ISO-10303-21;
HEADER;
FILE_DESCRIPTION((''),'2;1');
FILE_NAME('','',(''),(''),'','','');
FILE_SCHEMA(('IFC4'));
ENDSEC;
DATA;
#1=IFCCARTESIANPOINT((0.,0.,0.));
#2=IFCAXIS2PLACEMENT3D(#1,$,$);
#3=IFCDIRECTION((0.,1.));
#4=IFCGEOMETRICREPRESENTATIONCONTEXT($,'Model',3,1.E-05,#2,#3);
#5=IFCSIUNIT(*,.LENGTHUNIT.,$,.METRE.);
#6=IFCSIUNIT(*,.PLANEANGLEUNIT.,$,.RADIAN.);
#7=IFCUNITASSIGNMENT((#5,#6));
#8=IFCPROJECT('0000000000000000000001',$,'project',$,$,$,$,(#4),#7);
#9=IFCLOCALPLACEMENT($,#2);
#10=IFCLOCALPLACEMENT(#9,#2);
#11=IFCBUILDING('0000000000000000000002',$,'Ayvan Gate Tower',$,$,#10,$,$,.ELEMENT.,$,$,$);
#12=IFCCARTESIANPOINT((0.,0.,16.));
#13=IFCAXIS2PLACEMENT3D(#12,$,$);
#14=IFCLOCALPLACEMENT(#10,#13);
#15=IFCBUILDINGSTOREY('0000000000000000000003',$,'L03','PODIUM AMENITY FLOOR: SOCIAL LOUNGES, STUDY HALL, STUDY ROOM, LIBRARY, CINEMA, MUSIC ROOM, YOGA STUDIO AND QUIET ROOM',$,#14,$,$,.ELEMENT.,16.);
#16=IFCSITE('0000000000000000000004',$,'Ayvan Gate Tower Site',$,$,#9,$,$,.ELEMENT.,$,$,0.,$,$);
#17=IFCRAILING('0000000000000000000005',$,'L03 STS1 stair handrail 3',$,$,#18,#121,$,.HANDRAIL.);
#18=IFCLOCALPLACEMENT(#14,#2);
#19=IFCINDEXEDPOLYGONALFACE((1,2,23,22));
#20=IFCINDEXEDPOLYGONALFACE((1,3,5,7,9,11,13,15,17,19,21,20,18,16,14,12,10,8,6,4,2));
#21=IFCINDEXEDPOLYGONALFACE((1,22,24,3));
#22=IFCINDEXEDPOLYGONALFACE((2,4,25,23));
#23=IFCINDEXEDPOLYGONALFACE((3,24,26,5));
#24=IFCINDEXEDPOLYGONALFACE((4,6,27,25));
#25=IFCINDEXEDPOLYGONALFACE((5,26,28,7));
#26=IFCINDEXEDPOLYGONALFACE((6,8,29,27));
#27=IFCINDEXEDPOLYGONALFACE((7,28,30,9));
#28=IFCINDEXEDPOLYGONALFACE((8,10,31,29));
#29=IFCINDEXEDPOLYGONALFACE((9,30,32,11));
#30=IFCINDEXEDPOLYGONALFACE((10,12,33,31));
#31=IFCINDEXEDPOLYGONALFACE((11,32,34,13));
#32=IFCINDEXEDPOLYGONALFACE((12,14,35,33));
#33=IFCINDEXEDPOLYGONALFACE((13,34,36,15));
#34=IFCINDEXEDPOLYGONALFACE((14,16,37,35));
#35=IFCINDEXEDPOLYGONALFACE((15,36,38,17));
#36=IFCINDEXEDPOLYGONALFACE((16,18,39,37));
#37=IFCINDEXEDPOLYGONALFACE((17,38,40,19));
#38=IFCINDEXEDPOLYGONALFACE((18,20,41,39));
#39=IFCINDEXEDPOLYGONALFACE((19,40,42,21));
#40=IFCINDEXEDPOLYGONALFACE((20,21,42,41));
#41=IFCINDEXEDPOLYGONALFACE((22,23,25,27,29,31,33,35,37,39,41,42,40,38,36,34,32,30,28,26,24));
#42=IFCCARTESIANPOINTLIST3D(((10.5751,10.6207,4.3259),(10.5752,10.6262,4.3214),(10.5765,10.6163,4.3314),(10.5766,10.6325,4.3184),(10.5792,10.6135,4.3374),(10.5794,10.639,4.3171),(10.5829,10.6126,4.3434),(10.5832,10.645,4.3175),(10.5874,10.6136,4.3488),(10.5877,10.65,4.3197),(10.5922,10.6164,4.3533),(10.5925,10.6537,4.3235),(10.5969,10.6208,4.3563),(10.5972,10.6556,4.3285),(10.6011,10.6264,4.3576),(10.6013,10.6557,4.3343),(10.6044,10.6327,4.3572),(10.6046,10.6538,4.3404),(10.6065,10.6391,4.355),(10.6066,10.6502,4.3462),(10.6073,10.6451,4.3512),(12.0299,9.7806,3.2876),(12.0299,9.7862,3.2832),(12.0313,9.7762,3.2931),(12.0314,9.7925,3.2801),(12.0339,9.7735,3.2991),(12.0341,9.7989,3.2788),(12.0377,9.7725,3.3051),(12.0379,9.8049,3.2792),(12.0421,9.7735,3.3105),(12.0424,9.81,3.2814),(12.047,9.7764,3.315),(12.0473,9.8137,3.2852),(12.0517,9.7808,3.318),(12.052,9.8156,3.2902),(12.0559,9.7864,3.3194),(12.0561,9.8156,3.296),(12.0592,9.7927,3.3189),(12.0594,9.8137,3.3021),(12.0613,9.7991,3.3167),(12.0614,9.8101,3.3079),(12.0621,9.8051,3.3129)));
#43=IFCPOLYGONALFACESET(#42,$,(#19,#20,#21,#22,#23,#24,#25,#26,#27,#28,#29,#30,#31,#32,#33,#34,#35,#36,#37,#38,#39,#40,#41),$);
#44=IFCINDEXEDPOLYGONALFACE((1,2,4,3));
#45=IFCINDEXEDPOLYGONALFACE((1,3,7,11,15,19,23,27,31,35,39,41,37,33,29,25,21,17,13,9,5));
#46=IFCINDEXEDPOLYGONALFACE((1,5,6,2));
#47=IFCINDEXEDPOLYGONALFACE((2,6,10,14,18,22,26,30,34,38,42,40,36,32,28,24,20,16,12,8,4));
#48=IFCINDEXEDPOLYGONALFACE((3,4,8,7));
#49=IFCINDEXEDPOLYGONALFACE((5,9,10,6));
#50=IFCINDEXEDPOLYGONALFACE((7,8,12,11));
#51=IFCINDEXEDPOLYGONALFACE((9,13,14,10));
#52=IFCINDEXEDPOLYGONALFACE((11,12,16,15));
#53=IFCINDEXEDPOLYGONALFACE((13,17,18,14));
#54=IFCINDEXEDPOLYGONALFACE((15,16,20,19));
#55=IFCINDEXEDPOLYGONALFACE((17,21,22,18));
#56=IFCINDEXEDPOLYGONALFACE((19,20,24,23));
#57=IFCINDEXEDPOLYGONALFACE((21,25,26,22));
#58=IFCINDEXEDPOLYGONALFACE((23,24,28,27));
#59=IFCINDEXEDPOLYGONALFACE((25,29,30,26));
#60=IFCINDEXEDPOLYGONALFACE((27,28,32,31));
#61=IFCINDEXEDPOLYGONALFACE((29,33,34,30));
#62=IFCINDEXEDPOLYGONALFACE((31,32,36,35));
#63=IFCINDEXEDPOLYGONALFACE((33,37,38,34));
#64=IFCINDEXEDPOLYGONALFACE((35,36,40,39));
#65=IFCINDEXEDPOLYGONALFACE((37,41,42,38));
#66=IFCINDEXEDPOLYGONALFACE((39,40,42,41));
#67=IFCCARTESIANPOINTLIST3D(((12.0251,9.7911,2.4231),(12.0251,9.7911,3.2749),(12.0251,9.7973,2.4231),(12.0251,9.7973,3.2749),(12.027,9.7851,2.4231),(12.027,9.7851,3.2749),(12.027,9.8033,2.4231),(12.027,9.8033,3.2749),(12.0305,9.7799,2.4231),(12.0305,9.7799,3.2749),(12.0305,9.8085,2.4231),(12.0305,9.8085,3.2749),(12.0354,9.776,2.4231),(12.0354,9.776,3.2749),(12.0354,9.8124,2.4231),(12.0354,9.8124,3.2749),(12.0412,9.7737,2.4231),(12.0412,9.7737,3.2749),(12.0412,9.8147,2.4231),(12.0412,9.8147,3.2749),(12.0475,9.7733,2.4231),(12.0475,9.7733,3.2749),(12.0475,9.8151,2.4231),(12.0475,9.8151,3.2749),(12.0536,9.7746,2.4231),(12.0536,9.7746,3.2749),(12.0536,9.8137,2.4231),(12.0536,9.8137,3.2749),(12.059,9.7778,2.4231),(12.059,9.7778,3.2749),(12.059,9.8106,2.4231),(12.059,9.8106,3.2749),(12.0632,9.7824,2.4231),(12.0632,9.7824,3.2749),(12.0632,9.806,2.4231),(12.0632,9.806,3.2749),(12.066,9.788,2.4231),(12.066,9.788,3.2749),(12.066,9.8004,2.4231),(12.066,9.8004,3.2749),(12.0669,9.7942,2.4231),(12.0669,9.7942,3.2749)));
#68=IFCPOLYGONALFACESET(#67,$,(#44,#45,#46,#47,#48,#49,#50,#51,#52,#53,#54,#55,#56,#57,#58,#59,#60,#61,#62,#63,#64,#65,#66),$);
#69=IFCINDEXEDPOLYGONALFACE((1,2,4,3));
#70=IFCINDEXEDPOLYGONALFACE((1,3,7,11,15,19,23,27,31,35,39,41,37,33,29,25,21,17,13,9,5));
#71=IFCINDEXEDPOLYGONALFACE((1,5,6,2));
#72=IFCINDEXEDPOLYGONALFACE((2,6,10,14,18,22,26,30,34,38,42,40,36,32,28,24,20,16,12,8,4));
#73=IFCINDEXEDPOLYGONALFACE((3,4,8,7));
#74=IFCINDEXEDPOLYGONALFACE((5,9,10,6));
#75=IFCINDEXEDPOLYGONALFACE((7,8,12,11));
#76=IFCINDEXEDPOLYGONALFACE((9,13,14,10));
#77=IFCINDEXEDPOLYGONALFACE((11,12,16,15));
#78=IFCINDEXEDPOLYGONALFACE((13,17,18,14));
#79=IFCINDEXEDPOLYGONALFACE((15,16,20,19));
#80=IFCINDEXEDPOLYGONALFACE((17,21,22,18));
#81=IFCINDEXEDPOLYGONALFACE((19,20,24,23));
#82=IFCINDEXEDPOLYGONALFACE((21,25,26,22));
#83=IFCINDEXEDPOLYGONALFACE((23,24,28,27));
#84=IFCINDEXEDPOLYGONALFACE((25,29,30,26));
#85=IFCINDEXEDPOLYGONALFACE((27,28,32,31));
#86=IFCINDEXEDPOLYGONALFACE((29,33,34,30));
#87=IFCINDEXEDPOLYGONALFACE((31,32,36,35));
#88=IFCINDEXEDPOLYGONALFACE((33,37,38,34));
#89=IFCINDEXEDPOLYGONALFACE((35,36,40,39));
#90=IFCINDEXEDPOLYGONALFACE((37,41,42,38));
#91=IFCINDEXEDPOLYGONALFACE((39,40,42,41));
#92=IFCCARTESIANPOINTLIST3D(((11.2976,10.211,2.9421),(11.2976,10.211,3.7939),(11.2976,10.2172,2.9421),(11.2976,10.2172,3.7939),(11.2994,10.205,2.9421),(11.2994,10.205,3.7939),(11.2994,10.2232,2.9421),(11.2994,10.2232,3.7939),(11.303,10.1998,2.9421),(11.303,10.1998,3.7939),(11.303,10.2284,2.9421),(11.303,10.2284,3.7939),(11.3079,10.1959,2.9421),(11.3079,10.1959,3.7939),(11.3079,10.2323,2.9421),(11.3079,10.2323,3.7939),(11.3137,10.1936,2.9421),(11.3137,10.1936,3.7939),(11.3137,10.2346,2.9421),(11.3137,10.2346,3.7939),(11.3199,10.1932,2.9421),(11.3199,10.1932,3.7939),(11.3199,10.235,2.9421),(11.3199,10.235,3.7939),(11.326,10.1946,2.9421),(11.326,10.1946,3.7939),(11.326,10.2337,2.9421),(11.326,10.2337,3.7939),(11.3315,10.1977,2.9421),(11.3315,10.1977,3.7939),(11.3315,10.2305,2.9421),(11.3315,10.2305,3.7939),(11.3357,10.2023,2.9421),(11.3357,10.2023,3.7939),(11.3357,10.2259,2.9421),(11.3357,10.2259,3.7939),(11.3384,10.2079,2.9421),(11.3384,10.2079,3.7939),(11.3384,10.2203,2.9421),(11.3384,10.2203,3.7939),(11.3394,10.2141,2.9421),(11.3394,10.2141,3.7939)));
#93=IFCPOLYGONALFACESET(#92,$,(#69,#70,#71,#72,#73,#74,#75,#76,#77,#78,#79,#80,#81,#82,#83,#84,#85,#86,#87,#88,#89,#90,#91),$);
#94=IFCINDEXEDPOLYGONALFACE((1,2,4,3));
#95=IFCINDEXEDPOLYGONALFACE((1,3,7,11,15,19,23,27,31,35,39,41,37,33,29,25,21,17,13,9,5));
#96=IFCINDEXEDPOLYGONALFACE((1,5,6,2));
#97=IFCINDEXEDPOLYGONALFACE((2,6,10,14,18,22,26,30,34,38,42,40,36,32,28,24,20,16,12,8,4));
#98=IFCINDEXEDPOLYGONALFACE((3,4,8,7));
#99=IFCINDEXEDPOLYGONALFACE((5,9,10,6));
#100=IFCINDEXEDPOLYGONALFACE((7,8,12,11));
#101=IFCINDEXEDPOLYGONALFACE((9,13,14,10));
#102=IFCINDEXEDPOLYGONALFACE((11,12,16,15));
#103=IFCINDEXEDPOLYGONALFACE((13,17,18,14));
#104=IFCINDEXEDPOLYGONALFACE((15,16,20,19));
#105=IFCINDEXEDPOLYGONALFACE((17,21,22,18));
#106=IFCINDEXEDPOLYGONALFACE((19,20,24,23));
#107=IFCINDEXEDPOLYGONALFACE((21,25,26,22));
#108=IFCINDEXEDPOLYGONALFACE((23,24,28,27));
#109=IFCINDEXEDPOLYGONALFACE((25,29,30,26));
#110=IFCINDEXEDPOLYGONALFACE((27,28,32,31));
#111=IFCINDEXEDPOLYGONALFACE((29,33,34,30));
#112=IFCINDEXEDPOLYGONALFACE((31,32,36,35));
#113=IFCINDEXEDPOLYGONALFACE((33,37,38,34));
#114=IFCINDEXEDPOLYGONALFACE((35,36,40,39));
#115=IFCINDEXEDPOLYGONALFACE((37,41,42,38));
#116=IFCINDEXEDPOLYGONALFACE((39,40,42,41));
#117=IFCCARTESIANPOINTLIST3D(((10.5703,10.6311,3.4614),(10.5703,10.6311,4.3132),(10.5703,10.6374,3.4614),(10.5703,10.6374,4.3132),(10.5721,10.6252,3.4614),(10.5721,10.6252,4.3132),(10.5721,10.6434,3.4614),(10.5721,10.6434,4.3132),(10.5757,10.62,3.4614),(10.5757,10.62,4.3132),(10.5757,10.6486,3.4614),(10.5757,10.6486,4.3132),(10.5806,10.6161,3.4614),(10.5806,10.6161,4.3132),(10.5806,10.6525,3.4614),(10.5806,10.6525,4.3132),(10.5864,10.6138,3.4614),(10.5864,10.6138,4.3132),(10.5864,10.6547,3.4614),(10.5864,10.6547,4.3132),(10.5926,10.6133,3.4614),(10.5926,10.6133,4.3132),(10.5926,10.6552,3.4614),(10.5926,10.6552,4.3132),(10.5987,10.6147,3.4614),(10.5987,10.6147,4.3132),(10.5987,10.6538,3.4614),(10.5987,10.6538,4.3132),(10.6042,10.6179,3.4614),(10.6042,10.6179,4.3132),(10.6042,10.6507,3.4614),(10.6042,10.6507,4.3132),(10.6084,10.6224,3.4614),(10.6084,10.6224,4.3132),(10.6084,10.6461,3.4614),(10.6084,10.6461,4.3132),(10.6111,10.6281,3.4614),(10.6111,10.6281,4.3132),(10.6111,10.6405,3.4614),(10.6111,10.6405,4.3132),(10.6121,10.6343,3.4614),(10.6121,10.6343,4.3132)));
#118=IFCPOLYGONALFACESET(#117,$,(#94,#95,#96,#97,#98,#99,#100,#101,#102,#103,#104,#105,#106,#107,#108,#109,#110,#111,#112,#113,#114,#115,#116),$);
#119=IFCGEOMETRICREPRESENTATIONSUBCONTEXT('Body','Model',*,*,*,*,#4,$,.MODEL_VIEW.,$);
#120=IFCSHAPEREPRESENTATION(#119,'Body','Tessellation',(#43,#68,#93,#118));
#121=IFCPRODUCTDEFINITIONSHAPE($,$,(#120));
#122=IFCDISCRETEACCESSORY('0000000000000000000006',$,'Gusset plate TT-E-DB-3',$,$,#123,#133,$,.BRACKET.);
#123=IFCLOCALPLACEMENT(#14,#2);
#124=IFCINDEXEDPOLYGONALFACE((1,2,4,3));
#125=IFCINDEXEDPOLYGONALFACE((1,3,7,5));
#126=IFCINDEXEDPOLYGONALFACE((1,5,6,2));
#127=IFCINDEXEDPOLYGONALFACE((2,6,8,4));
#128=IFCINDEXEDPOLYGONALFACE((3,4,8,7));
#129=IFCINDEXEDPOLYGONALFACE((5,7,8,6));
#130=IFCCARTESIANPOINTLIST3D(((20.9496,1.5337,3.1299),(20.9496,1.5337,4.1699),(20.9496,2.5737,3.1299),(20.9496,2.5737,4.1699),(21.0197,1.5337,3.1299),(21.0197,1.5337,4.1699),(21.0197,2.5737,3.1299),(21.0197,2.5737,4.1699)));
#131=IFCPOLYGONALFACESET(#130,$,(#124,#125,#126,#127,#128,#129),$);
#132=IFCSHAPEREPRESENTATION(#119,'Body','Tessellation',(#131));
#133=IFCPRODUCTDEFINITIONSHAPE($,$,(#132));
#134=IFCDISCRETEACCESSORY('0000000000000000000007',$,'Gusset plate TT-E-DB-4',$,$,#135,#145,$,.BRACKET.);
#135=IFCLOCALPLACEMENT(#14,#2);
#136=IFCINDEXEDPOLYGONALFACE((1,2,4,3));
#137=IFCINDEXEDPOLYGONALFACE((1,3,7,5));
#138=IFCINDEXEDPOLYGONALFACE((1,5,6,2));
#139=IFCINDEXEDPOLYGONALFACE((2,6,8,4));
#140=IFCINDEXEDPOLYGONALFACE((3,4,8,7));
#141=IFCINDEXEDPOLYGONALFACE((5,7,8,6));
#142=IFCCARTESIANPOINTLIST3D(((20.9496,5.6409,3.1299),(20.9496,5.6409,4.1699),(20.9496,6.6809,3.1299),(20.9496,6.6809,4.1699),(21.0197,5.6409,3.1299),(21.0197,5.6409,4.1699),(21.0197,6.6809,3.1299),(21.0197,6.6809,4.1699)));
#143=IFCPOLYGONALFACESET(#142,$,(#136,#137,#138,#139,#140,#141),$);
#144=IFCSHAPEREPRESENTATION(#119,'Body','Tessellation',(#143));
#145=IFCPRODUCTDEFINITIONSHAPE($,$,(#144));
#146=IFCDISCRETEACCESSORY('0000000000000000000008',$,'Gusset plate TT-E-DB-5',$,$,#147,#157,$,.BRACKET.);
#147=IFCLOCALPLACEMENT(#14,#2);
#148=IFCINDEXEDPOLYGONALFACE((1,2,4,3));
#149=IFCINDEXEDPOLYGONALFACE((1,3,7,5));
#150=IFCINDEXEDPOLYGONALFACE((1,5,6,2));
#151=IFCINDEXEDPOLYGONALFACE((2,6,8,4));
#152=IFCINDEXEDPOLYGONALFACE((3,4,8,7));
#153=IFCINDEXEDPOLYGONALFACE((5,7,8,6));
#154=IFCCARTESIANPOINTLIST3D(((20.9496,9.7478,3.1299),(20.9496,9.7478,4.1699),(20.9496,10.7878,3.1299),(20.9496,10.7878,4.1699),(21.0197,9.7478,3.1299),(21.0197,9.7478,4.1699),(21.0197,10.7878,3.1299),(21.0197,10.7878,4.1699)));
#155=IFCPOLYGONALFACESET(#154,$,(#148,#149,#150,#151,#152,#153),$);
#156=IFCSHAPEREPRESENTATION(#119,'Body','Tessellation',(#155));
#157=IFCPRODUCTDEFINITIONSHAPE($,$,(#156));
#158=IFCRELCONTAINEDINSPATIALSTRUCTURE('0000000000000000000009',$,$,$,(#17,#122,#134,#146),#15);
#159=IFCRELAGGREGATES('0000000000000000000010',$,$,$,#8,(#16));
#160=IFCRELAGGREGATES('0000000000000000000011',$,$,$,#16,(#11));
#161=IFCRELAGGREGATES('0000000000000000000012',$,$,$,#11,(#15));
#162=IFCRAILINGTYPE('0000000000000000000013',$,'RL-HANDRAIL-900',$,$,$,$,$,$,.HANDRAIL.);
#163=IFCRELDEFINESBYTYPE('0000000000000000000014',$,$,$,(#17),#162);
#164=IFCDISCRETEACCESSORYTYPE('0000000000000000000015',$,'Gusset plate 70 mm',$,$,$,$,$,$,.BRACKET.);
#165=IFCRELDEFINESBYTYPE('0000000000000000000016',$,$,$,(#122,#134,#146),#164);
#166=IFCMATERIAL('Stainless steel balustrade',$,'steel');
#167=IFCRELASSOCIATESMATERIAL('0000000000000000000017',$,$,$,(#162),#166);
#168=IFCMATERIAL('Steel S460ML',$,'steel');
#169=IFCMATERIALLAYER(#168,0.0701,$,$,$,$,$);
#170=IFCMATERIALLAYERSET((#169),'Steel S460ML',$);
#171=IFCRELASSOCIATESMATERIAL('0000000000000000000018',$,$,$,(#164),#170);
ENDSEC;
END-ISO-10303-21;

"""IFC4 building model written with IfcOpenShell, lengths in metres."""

from ifc_helpers import new_model, si_unit, direction, frame, origin, origin_2d, place, context, subcontext, project, spatial, rectangle, circle, extrude, material, layer, layer_set, type_object, element, save


model = new_model("IFC4")

# Units and contexts
model_context = context("Model", 3, precision=1e-05, world=origin(), true_north=direction((0.0, 1.0)))
body_context = subcontext(model_context, "Body", "Model", "MODEL_VIEW")
ifc_project = project(units=[si_unit("LENGTHUNIT", "METRE"), si_unit("PLANEANGLEUNIT", "RADIAN")], contexts=[model_context])

# Site, building, storey
site_placement = place(None, origin())
site = spatial("IfcSite", under=ifc_project, at=site_placement, Name="Ayvan Gate Tower Site", CompositionType="ELEMENT", RefElevation=0.0)
building_placement = place(site_placement, origin())
building = spatial("IfcBuilding", under=site, at=building_placement, Name="Ayvan Gate Tower", CompositionType="ELEMENT")
storey_placement = place(building_placement, frame((0.0, 0.0, 16.0)))
storey = spatial("IfcBuildingStorey", under=building, at=storey_placement, Name="L03", Description="PODIUM AMENITY FLOOR: SOCIAL LOUNGES, STUDY HALL, STUDY ROOM, LIBRARY, CINEMA, MUSIC ROOM, YOGA STUDIO AND QUIET ROOM", CompositionType="ELEMENT", Elevation=16.0)

# Railing
ifc_material_1 = material(Name="Stainless steel balustrade", Category="steel")
railing_type_1 = type_object("IfcRailingType", Name="RL-HANDRAIL-900", PredefinedType="HANDRAIL", material=ifc_material_1)
railing_1_placement = place(storey_placement, frame((12.0459, 9.7942, 2.4231)))
element("IfcRailing", 1, at=railing_1_placement, inside=storey, type_object=railing_type_1, Name="L03 STS1 stair handrail 3", PredefinedType="HANDRAIL", context=body_context, shape_type="SweptSolid", body=[
    extrude(circle(Radius=0.0239, at=origin_2d()), frame((0.0, 0.0, 0.876), z_axis=(-0.736644, 0.425372, 0.525751), x_axis=(-0.500062, -0.86599, 0.0)), (0.0, 0.0, 1.0), 1.9749),
    extrude(circle(Radius=0.021, at=origin_2d()), origin(), (0.0, 0.0, 1.0), 0.8518),
    extrude(circle(Radius=0.021, at=origin_2d()), frame((-0.7275, 0.4199, 0.519)), (0.0, 0.0, 1.0), 0.8518),
    extrude(circle(Radius=0.021, at=origin_2d()), frame((-1.4548, 0.8401, 1.0383)), (0.0, 0.0, 1.0), 0.8518),
])

# Discrete accessories
ifc_material_2 = material(Name="Steel S460ML", Category="steel")
ifc_layer_1 = layer(ifc_material_2, 0.0701)
ifc_layer_set_1 = layer_set([ifc_layer_1], Name="Steel S460ML")
discrete_accessory_type = type_object("IfcDiscreteAccessoryType", Name="Gusset plate 70 mm", PredefinedType="BRACKET", material=ifc_layer_set_1)
for number, where, z_axis, x_axis, name in (
    (2, (20.9846, 2.0537, 3.1299), (0.0, 0.0, 1.0), (0.0, 1.0, 0.0), "Gusset plate TT-E-DB-3"),
    (3, (20.9846, 6.1609, 3.1299), (0.0, 0.0, 1.0), (0.0, 1.0, 0.0), "Gusset plate TT-E-DB-4"),
    (4, (20.9846, 10.2678, 3.1299), (0.0, 0.0, 1.0), (0.0, 1.0, 0.0), "Gusset plate TT-E-DB-5"),
):
    element("IfcDiscreteAccessory", number, at=place(storey_placement, frame(where, z_axis=z_axis, x_axis=x_axis)), inside=storey, type_object=discrete_accessory_type, Name=name, PredefinedType="BRACKET", context=body_context, shape_type="SweptSolid", body=[
        extrude(rectangle(XDim=1.04, YDim=0.0701, at=origin_2d()), origin(), (0.0, 0.0, 1.0), 1.04),
    ])

save(model, "model.ifc")
